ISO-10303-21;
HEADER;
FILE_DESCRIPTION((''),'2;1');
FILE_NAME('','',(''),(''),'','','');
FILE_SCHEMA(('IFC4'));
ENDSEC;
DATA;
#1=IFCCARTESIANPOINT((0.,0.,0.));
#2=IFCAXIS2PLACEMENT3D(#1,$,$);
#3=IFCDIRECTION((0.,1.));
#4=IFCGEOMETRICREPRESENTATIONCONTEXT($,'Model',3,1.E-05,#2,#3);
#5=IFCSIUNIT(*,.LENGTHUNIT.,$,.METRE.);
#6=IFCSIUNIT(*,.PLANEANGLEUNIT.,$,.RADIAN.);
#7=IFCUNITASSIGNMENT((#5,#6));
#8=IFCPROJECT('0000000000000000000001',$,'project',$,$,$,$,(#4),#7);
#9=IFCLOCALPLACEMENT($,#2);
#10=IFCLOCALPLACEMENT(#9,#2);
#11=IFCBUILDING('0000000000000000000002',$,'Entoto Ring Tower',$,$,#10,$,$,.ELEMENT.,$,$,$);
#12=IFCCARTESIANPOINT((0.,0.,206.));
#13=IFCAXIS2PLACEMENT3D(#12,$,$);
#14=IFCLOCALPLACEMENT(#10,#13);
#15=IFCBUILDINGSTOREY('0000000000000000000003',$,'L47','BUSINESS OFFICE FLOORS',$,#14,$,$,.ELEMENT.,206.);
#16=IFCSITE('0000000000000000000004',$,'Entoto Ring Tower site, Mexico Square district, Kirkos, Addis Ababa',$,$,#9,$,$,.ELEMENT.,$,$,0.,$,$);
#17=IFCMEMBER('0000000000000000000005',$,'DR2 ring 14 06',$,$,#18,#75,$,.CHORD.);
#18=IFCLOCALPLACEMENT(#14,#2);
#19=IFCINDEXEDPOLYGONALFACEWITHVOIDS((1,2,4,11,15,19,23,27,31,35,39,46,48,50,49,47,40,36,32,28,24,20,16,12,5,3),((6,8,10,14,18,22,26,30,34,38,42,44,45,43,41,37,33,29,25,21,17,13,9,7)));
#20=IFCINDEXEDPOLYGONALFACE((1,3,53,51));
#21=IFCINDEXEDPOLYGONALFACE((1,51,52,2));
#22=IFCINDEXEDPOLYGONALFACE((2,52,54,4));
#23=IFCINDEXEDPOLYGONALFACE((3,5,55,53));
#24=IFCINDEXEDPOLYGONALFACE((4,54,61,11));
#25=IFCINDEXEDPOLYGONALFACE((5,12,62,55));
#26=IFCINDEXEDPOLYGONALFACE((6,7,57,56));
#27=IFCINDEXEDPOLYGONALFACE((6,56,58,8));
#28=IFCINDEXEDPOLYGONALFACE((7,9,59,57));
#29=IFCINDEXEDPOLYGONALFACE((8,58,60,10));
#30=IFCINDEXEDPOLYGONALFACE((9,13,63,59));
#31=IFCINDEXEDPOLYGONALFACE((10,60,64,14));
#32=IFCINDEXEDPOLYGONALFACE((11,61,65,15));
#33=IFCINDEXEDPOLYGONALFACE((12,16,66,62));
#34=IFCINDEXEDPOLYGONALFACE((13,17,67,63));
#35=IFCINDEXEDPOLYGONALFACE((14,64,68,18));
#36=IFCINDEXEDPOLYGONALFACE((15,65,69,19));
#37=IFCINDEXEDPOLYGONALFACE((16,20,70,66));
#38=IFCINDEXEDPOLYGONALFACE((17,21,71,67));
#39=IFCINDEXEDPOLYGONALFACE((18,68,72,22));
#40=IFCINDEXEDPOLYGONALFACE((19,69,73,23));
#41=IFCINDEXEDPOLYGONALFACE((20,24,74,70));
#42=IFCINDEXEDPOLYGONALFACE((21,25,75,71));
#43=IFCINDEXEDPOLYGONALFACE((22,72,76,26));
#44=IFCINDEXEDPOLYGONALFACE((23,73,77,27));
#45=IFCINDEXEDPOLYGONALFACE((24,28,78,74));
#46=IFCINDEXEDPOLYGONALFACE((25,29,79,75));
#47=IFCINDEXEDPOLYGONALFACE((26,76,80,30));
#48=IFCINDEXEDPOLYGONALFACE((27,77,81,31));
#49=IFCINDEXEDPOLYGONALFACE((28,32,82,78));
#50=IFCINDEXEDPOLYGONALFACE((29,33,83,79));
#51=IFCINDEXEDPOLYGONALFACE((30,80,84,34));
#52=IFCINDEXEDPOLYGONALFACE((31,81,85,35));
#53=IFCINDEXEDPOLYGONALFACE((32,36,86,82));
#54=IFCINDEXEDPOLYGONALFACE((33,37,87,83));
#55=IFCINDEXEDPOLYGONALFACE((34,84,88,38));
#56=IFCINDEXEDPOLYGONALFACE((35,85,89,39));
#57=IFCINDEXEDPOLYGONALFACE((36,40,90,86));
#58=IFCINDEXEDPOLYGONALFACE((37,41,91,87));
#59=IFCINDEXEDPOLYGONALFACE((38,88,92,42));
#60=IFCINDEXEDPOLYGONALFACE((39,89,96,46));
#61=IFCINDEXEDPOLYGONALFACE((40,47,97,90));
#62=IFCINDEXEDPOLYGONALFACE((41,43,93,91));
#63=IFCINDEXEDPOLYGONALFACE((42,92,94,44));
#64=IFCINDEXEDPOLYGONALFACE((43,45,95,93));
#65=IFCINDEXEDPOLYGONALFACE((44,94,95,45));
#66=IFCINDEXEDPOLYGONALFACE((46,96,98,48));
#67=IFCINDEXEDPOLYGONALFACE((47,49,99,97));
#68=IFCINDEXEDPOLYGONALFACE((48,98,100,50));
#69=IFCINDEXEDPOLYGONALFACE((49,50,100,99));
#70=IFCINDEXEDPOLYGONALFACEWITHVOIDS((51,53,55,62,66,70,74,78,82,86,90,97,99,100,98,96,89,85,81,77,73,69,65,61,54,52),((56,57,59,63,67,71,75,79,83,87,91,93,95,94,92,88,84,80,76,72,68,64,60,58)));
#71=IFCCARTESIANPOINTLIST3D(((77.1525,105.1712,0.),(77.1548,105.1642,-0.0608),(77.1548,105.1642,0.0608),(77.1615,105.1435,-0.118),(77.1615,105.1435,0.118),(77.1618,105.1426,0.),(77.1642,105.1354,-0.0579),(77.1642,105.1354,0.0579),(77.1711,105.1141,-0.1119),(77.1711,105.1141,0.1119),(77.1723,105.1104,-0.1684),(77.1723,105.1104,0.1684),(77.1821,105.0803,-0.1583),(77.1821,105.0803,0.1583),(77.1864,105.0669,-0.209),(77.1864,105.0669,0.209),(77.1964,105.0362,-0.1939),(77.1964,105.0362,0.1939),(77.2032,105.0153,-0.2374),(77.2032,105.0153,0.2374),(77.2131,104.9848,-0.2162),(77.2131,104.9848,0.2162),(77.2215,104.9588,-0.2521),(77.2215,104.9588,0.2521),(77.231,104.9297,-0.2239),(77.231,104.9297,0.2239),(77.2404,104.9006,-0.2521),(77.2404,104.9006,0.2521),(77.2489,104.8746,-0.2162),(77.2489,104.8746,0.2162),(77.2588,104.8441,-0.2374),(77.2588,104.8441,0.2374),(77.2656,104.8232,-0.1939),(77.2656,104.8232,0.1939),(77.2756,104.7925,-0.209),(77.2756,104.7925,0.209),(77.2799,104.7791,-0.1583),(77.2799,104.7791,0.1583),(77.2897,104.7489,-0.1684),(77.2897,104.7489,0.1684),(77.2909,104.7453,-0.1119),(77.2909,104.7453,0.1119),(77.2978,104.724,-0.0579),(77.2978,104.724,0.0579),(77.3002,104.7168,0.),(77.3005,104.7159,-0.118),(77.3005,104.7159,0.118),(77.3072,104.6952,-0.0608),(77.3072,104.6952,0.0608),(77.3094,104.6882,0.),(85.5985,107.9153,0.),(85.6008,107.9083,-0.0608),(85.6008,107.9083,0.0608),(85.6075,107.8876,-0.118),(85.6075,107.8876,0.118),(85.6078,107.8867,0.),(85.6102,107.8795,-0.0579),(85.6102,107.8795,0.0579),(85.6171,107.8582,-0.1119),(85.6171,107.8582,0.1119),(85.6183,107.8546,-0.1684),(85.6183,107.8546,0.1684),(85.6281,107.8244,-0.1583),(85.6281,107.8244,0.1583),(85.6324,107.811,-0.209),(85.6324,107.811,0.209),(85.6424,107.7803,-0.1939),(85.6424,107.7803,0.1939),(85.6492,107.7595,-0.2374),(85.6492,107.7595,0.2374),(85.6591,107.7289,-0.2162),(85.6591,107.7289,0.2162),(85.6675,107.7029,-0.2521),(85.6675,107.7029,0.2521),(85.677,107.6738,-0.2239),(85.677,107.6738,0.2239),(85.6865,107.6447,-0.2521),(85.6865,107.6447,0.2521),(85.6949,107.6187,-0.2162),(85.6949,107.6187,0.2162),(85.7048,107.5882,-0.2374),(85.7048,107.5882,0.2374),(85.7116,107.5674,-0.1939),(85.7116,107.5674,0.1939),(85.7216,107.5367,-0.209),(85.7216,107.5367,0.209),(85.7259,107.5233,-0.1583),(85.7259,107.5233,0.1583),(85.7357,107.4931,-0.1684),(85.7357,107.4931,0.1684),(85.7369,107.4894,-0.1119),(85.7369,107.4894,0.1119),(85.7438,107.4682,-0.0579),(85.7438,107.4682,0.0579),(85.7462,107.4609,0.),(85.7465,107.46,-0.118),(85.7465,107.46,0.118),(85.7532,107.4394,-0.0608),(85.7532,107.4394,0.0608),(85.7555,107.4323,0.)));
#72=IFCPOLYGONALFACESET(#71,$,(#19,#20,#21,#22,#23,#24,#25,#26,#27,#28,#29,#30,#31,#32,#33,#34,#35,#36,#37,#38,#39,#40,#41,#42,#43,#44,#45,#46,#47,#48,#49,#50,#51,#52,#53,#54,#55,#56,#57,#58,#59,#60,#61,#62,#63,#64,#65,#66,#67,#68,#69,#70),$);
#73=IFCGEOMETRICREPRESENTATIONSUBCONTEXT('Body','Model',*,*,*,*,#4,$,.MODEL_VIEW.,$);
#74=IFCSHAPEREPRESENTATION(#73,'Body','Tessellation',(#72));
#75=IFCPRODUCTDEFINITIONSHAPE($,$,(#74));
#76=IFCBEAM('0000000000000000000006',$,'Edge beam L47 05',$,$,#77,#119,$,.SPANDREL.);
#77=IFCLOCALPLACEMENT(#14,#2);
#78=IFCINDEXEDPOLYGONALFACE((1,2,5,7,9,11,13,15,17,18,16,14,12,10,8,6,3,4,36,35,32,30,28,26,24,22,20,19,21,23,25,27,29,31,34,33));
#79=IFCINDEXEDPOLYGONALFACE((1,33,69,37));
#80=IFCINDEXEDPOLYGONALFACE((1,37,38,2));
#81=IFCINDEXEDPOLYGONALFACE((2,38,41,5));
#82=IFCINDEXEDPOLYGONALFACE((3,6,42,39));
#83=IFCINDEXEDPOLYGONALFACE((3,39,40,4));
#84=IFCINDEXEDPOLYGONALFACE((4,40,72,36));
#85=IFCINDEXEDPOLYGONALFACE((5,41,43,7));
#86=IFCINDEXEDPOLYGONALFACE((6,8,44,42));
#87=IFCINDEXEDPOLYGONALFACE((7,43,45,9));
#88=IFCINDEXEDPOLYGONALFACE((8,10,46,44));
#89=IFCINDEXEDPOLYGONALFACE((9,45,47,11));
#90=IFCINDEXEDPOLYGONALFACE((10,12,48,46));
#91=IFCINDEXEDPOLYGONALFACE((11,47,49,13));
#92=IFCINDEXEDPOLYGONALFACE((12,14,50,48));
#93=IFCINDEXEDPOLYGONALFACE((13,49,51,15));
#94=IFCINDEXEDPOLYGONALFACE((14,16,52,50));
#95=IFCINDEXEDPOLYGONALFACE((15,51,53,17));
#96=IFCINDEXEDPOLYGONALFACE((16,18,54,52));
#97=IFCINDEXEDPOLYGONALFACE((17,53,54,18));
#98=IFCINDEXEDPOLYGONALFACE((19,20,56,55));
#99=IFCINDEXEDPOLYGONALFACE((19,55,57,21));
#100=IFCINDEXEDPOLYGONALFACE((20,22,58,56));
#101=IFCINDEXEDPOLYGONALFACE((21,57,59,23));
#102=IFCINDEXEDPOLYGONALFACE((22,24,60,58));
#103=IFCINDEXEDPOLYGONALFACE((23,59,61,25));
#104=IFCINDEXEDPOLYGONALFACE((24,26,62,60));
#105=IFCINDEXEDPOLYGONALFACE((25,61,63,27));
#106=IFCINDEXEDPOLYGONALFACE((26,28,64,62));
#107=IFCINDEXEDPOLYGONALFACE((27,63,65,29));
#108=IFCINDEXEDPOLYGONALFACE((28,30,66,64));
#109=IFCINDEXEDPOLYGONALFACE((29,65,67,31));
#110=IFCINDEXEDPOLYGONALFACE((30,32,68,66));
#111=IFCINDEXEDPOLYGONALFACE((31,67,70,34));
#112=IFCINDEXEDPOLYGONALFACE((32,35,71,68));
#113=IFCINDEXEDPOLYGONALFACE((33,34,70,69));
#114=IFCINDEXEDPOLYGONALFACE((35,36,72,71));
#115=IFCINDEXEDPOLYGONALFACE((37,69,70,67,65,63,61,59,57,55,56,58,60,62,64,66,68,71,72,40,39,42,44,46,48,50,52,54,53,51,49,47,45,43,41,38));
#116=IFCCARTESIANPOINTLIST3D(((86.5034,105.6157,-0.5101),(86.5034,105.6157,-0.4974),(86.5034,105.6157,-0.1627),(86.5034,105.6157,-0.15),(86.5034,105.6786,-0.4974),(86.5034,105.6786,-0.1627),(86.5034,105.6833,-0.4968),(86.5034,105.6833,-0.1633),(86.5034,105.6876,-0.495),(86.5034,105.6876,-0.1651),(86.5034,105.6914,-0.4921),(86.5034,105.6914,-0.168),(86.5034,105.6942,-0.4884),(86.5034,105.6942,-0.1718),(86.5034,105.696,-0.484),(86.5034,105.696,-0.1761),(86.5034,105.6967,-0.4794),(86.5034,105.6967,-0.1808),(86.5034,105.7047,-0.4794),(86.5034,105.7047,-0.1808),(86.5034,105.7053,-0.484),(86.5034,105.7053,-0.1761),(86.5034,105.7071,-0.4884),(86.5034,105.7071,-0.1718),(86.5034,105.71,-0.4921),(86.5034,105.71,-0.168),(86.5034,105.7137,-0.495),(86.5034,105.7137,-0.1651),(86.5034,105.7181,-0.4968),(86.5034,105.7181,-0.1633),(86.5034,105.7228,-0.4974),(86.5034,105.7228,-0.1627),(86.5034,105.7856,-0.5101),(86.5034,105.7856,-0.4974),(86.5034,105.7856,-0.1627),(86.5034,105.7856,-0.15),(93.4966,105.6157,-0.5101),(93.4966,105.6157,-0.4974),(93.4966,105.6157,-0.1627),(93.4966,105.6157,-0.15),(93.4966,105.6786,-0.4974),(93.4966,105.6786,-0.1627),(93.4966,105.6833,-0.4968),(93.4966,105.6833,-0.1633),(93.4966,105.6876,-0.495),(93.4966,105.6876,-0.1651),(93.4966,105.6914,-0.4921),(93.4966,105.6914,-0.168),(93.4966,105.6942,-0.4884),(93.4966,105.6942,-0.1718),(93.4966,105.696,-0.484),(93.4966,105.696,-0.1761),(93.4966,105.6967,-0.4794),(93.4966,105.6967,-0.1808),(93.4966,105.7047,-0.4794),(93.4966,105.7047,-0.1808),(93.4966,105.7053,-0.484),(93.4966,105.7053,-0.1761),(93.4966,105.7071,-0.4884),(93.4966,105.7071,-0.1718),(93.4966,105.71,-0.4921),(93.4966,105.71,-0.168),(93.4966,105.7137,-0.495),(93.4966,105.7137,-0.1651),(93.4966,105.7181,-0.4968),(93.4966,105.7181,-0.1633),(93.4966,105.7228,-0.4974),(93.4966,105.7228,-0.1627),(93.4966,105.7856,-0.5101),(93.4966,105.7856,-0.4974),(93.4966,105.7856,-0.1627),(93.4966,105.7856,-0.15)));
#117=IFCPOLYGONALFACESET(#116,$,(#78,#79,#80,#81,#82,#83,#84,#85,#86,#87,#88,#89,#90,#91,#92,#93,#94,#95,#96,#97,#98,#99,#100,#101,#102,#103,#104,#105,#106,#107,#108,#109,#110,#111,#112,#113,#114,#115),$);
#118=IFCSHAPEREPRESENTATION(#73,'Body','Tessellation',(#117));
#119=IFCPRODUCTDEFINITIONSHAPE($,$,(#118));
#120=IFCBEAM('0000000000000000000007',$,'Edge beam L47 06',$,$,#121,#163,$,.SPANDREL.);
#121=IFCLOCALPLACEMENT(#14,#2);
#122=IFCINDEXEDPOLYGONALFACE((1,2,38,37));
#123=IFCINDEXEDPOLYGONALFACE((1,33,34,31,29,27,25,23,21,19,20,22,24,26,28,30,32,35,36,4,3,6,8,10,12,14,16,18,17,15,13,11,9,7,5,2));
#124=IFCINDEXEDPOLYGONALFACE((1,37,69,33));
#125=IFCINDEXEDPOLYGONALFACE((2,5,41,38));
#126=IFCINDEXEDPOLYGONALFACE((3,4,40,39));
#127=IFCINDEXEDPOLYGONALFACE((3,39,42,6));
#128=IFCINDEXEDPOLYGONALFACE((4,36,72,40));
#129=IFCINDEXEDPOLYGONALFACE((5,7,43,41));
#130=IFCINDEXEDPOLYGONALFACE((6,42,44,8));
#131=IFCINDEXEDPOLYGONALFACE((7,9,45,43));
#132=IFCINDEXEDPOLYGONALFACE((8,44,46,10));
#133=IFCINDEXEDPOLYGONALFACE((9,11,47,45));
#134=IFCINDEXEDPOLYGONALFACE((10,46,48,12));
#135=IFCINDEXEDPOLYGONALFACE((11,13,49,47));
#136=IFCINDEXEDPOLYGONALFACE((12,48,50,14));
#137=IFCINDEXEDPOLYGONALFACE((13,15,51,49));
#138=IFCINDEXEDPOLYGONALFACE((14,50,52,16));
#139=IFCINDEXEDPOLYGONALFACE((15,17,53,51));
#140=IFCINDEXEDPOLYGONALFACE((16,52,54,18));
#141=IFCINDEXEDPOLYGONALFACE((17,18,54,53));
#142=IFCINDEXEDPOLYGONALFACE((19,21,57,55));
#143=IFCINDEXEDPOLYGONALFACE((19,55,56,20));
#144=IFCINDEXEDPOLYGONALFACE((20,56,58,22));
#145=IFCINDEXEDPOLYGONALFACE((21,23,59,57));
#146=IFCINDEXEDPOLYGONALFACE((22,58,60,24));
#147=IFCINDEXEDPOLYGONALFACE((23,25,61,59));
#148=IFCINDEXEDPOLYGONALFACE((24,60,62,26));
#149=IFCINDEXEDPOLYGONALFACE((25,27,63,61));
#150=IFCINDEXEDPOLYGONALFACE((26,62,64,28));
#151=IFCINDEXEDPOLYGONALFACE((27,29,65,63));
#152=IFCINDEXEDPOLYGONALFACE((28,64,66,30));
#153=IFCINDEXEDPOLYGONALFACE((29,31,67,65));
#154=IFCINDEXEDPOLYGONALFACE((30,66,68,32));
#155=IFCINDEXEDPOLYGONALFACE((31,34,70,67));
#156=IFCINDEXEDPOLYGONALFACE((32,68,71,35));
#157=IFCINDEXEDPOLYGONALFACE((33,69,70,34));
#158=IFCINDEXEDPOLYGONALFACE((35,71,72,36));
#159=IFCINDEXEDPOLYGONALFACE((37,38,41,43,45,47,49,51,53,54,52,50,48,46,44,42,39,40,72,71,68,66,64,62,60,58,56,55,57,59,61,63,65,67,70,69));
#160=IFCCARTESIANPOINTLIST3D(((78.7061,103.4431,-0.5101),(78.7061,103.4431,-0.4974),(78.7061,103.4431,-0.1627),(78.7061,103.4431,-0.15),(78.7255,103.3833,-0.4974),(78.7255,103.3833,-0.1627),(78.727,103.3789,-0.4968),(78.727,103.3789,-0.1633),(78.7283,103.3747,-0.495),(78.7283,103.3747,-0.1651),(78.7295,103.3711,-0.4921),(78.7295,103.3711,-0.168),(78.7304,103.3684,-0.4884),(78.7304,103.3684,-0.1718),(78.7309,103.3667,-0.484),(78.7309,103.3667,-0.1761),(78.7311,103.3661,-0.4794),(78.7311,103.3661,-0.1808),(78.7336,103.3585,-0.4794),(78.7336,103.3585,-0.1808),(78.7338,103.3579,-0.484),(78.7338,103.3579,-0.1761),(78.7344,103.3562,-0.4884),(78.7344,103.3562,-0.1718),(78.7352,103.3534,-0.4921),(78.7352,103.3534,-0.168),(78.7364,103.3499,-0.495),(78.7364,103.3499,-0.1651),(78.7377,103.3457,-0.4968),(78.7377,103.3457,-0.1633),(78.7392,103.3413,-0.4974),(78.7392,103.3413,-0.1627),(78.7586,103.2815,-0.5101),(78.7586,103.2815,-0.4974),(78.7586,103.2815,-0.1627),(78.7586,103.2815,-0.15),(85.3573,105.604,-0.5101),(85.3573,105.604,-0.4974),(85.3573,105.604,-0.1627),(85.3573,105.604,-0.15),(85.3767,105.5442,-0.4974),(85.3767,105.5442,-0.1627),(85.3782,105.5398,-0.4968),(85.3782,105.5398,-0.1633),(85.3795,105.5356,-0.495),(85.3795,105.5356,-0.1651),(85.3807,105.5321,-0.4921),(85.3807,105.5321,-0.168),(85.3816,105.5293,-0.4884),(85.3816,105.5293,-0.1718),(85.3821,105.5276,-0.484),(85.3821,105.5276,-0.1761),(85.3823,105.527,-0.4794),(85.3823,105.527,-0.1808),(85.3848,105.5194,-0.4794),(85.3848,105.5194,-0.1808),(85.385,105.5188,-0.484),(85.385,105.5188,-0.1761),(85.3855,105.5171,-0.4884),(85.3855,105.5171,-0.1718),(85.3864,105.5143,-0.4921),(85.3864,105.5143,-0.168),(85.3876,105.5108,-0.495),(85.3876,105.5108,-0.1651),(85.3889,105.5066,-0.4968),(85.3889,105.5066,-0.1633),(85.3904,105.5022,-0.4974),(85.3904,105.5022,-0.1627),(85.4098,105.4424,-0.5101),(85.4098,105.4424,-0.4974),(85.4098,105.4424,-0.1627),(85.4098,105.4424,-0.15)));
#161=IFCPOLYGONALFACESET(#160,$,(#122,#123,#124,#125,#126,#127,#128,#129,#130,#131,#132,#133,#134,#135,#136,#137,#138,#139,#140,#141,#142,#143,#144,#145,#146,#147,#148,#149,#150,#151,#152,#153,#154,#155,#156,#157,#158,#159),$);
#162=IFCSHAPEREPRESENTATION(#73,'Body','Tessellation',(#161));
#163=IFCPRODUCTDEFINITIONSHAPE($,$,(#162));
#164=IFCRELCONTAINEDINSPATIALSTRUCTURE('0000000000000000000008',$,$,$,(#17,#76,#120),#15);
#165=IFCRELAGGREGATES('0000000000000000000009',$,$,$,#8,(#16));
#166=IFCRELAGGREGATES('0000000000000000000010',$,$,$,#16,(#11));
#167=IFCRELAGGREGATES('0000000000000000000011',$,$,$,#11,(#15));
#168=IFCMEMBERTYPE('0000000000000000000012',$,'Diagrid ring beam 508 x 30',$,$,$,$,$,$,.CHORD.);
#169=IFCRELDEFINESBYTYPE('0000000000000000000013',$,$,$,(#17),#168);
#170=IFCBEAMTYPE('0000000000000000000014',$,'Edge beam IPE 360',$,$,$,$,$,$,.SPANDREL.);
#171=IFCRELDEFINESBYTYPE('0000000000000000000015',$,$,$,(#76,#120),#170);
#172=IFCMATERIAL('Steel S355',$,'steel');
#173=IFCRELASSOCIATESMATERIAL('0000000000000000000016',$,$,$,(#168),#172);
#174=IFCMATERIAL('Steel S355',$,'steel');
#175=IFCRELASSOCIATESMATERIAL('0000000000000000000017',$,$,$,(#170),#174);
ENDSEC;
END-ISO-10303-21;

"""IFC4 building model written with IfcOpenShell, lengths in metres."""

from ifc_helpers import new_model, si_unit, direction, frame, origin, origin_2d, place, context, subcontext, project, spatial, circle, hollow_circle, i_section, extrude, material, material_profile, profile_set, type_object, element, save


model = new_model("IFC4")

# Units and contexts
model_context = context("Model", 3, precision=1e-05, world=origin(), true_north=direction((0.0, 1.0)))
body_context = subcontext(model_context, "Body", "Model", "MODEL_VIEW")
ifc_project = project(units=[si_unit("LENGTHUNIT", "METRE"), si_unit("PLANEANGLEUNIT", "RADIAN")], contexts=[model_context])

# Site, building, storey
site_placement = place(None, origin())
site = spatial("IfcSite", under=ifc_project, at=site_placement, Name="Entoto Ring Tower site, Mexico Square district, Kirkos, Addis Ababa", CompositionType="ELEMENT", RefElevation=0.0)
building_placement = place(site_placement, origin())
building = spatial("IfcBuilding", under=site, at=building_placement, Name="Entoto Ring Tower", CompositionType="ELEMENT")
storey_placement = place(building_placement, frame((0.0, 0.0, 206.0)))
storey = spatial("IfcBuildingStorey", under=building, at=storey_placement, Name="L47", Description="BUSINESS OFFICE FLOORS", CompositionType="ELEMENT", Elevation=206.0)

# Member
ifc_material_1 = material(Name="Steel S355", Category="steel")
ifc_material_profile_1 = material_profile(ifc_material_1, hollow_circle(Radius=0.2539, WallThickness=0.03, at=origin_2d()), Name="CHS 508 x 30")
ifc_material_2 = material(Name="Concrete C60/75", Category="concrete")
ifc_material_profile_2 = material_profile(ifc_material_2, circle(Radius=0.2241, at=origin_2d()), Name="Concrete C60/75 infill")
ifc_profile_set_1 = profile_set([ifc_material_profile_1, ifc_material_profile_2], Name="Steel S355")
member_type_1 = type_object("IfcMemberType", Name="Diagrid ring beam 508 x 30", PredefinedType="CHORD", material=ifc_profile_set_1)
member_1_placement = place(storey_placement, frame((85.677, 107.6738, 0.0), z_axis=(-0.951061, -0.309002, 0.0), x_axis=(0.309002, -0.951061, 0.0)))
element("IfcMember", 1, at=member_1_placement, inside=storey, type_object=member_type_1, Name="DR2 ring 14 06", PredefinedType="CHORD", context=body_context, shape_type="SweptSolid", body=[
    extrude(hollow_circle(Radius=0.2539, WallThickness=0.03, at=origin_2d()), origin(), (0.0, 0.0, 1.0), 8.8806),
])

# Beams
ifc_material_3 = material(Name="Steel S355", Category="steel")
ifc_material_profile_3 = material_profile(ifc_material_3, i_section(OverallWidth=0.1699, OverallDepth=0.3601, WebThickness=0.0081, FlangeThickness=0.0127, FilletRadius=0.0181, at=origin_2d()), Name="IPE 360")
ifc_profile_set_2 = profile_set([ifc_material_profile_3], Name="Steel S355")
beam_type_1 = type_object("IfcBeamType", Name="Edge beam IPE 360", PredefinedType="SPANDREL", material=ifc_profile_set_2)
beam_1_placement = place(storey_placement, frame((93.4966, 105.7007, -0.3301), z_axis=(-1.0, 0.0, 0.0), x_axis=(0.0, -1.0, 0.0)))
element("IfcBeam", 2, at=beam_1_placement, inside=storey, type_object=beam_type_1, Name="Edge beam L47 05", PredefinedType="SPANDREL", context=body_context, shape_type="SweptSolid", body=[
    extrude(i_section(OverallWidth=0.1699, OverallDepth=0.3601, WebThickness=0.0081, FlangeThickness=0.0127, FilletRadius=0.0181, at=origin_2d()), origin(), (0.0, 0.0, 1.0), 6.9932),
])
beam_2_placement = place(storey_placement, frame((85.3835, 105.5232, -0.3301), z_axis=(-0.951065, -0.308992, 0.0), x_axis=(0.308992, -0.951065, 0.0)))
element("IfcBeam", 3, at=beam_2_placement, inside=storey, type_object=beam_type_1, Name="Edge beam L47 06", PredefinedType="SPANDREL", context=body_context, shape_type="SweptSolid", body=[
    extrude(i_section(OverallWidth=0.1699, OverallDepth=0.3601, WebThickness=0.0081, FlangeThickness=0.0127, FilletRadius=0.0181, at=origin_2d()), origin(), (0.0, 0.0, 1.0), 6.9934),
])

save(model, "model.ifc")
